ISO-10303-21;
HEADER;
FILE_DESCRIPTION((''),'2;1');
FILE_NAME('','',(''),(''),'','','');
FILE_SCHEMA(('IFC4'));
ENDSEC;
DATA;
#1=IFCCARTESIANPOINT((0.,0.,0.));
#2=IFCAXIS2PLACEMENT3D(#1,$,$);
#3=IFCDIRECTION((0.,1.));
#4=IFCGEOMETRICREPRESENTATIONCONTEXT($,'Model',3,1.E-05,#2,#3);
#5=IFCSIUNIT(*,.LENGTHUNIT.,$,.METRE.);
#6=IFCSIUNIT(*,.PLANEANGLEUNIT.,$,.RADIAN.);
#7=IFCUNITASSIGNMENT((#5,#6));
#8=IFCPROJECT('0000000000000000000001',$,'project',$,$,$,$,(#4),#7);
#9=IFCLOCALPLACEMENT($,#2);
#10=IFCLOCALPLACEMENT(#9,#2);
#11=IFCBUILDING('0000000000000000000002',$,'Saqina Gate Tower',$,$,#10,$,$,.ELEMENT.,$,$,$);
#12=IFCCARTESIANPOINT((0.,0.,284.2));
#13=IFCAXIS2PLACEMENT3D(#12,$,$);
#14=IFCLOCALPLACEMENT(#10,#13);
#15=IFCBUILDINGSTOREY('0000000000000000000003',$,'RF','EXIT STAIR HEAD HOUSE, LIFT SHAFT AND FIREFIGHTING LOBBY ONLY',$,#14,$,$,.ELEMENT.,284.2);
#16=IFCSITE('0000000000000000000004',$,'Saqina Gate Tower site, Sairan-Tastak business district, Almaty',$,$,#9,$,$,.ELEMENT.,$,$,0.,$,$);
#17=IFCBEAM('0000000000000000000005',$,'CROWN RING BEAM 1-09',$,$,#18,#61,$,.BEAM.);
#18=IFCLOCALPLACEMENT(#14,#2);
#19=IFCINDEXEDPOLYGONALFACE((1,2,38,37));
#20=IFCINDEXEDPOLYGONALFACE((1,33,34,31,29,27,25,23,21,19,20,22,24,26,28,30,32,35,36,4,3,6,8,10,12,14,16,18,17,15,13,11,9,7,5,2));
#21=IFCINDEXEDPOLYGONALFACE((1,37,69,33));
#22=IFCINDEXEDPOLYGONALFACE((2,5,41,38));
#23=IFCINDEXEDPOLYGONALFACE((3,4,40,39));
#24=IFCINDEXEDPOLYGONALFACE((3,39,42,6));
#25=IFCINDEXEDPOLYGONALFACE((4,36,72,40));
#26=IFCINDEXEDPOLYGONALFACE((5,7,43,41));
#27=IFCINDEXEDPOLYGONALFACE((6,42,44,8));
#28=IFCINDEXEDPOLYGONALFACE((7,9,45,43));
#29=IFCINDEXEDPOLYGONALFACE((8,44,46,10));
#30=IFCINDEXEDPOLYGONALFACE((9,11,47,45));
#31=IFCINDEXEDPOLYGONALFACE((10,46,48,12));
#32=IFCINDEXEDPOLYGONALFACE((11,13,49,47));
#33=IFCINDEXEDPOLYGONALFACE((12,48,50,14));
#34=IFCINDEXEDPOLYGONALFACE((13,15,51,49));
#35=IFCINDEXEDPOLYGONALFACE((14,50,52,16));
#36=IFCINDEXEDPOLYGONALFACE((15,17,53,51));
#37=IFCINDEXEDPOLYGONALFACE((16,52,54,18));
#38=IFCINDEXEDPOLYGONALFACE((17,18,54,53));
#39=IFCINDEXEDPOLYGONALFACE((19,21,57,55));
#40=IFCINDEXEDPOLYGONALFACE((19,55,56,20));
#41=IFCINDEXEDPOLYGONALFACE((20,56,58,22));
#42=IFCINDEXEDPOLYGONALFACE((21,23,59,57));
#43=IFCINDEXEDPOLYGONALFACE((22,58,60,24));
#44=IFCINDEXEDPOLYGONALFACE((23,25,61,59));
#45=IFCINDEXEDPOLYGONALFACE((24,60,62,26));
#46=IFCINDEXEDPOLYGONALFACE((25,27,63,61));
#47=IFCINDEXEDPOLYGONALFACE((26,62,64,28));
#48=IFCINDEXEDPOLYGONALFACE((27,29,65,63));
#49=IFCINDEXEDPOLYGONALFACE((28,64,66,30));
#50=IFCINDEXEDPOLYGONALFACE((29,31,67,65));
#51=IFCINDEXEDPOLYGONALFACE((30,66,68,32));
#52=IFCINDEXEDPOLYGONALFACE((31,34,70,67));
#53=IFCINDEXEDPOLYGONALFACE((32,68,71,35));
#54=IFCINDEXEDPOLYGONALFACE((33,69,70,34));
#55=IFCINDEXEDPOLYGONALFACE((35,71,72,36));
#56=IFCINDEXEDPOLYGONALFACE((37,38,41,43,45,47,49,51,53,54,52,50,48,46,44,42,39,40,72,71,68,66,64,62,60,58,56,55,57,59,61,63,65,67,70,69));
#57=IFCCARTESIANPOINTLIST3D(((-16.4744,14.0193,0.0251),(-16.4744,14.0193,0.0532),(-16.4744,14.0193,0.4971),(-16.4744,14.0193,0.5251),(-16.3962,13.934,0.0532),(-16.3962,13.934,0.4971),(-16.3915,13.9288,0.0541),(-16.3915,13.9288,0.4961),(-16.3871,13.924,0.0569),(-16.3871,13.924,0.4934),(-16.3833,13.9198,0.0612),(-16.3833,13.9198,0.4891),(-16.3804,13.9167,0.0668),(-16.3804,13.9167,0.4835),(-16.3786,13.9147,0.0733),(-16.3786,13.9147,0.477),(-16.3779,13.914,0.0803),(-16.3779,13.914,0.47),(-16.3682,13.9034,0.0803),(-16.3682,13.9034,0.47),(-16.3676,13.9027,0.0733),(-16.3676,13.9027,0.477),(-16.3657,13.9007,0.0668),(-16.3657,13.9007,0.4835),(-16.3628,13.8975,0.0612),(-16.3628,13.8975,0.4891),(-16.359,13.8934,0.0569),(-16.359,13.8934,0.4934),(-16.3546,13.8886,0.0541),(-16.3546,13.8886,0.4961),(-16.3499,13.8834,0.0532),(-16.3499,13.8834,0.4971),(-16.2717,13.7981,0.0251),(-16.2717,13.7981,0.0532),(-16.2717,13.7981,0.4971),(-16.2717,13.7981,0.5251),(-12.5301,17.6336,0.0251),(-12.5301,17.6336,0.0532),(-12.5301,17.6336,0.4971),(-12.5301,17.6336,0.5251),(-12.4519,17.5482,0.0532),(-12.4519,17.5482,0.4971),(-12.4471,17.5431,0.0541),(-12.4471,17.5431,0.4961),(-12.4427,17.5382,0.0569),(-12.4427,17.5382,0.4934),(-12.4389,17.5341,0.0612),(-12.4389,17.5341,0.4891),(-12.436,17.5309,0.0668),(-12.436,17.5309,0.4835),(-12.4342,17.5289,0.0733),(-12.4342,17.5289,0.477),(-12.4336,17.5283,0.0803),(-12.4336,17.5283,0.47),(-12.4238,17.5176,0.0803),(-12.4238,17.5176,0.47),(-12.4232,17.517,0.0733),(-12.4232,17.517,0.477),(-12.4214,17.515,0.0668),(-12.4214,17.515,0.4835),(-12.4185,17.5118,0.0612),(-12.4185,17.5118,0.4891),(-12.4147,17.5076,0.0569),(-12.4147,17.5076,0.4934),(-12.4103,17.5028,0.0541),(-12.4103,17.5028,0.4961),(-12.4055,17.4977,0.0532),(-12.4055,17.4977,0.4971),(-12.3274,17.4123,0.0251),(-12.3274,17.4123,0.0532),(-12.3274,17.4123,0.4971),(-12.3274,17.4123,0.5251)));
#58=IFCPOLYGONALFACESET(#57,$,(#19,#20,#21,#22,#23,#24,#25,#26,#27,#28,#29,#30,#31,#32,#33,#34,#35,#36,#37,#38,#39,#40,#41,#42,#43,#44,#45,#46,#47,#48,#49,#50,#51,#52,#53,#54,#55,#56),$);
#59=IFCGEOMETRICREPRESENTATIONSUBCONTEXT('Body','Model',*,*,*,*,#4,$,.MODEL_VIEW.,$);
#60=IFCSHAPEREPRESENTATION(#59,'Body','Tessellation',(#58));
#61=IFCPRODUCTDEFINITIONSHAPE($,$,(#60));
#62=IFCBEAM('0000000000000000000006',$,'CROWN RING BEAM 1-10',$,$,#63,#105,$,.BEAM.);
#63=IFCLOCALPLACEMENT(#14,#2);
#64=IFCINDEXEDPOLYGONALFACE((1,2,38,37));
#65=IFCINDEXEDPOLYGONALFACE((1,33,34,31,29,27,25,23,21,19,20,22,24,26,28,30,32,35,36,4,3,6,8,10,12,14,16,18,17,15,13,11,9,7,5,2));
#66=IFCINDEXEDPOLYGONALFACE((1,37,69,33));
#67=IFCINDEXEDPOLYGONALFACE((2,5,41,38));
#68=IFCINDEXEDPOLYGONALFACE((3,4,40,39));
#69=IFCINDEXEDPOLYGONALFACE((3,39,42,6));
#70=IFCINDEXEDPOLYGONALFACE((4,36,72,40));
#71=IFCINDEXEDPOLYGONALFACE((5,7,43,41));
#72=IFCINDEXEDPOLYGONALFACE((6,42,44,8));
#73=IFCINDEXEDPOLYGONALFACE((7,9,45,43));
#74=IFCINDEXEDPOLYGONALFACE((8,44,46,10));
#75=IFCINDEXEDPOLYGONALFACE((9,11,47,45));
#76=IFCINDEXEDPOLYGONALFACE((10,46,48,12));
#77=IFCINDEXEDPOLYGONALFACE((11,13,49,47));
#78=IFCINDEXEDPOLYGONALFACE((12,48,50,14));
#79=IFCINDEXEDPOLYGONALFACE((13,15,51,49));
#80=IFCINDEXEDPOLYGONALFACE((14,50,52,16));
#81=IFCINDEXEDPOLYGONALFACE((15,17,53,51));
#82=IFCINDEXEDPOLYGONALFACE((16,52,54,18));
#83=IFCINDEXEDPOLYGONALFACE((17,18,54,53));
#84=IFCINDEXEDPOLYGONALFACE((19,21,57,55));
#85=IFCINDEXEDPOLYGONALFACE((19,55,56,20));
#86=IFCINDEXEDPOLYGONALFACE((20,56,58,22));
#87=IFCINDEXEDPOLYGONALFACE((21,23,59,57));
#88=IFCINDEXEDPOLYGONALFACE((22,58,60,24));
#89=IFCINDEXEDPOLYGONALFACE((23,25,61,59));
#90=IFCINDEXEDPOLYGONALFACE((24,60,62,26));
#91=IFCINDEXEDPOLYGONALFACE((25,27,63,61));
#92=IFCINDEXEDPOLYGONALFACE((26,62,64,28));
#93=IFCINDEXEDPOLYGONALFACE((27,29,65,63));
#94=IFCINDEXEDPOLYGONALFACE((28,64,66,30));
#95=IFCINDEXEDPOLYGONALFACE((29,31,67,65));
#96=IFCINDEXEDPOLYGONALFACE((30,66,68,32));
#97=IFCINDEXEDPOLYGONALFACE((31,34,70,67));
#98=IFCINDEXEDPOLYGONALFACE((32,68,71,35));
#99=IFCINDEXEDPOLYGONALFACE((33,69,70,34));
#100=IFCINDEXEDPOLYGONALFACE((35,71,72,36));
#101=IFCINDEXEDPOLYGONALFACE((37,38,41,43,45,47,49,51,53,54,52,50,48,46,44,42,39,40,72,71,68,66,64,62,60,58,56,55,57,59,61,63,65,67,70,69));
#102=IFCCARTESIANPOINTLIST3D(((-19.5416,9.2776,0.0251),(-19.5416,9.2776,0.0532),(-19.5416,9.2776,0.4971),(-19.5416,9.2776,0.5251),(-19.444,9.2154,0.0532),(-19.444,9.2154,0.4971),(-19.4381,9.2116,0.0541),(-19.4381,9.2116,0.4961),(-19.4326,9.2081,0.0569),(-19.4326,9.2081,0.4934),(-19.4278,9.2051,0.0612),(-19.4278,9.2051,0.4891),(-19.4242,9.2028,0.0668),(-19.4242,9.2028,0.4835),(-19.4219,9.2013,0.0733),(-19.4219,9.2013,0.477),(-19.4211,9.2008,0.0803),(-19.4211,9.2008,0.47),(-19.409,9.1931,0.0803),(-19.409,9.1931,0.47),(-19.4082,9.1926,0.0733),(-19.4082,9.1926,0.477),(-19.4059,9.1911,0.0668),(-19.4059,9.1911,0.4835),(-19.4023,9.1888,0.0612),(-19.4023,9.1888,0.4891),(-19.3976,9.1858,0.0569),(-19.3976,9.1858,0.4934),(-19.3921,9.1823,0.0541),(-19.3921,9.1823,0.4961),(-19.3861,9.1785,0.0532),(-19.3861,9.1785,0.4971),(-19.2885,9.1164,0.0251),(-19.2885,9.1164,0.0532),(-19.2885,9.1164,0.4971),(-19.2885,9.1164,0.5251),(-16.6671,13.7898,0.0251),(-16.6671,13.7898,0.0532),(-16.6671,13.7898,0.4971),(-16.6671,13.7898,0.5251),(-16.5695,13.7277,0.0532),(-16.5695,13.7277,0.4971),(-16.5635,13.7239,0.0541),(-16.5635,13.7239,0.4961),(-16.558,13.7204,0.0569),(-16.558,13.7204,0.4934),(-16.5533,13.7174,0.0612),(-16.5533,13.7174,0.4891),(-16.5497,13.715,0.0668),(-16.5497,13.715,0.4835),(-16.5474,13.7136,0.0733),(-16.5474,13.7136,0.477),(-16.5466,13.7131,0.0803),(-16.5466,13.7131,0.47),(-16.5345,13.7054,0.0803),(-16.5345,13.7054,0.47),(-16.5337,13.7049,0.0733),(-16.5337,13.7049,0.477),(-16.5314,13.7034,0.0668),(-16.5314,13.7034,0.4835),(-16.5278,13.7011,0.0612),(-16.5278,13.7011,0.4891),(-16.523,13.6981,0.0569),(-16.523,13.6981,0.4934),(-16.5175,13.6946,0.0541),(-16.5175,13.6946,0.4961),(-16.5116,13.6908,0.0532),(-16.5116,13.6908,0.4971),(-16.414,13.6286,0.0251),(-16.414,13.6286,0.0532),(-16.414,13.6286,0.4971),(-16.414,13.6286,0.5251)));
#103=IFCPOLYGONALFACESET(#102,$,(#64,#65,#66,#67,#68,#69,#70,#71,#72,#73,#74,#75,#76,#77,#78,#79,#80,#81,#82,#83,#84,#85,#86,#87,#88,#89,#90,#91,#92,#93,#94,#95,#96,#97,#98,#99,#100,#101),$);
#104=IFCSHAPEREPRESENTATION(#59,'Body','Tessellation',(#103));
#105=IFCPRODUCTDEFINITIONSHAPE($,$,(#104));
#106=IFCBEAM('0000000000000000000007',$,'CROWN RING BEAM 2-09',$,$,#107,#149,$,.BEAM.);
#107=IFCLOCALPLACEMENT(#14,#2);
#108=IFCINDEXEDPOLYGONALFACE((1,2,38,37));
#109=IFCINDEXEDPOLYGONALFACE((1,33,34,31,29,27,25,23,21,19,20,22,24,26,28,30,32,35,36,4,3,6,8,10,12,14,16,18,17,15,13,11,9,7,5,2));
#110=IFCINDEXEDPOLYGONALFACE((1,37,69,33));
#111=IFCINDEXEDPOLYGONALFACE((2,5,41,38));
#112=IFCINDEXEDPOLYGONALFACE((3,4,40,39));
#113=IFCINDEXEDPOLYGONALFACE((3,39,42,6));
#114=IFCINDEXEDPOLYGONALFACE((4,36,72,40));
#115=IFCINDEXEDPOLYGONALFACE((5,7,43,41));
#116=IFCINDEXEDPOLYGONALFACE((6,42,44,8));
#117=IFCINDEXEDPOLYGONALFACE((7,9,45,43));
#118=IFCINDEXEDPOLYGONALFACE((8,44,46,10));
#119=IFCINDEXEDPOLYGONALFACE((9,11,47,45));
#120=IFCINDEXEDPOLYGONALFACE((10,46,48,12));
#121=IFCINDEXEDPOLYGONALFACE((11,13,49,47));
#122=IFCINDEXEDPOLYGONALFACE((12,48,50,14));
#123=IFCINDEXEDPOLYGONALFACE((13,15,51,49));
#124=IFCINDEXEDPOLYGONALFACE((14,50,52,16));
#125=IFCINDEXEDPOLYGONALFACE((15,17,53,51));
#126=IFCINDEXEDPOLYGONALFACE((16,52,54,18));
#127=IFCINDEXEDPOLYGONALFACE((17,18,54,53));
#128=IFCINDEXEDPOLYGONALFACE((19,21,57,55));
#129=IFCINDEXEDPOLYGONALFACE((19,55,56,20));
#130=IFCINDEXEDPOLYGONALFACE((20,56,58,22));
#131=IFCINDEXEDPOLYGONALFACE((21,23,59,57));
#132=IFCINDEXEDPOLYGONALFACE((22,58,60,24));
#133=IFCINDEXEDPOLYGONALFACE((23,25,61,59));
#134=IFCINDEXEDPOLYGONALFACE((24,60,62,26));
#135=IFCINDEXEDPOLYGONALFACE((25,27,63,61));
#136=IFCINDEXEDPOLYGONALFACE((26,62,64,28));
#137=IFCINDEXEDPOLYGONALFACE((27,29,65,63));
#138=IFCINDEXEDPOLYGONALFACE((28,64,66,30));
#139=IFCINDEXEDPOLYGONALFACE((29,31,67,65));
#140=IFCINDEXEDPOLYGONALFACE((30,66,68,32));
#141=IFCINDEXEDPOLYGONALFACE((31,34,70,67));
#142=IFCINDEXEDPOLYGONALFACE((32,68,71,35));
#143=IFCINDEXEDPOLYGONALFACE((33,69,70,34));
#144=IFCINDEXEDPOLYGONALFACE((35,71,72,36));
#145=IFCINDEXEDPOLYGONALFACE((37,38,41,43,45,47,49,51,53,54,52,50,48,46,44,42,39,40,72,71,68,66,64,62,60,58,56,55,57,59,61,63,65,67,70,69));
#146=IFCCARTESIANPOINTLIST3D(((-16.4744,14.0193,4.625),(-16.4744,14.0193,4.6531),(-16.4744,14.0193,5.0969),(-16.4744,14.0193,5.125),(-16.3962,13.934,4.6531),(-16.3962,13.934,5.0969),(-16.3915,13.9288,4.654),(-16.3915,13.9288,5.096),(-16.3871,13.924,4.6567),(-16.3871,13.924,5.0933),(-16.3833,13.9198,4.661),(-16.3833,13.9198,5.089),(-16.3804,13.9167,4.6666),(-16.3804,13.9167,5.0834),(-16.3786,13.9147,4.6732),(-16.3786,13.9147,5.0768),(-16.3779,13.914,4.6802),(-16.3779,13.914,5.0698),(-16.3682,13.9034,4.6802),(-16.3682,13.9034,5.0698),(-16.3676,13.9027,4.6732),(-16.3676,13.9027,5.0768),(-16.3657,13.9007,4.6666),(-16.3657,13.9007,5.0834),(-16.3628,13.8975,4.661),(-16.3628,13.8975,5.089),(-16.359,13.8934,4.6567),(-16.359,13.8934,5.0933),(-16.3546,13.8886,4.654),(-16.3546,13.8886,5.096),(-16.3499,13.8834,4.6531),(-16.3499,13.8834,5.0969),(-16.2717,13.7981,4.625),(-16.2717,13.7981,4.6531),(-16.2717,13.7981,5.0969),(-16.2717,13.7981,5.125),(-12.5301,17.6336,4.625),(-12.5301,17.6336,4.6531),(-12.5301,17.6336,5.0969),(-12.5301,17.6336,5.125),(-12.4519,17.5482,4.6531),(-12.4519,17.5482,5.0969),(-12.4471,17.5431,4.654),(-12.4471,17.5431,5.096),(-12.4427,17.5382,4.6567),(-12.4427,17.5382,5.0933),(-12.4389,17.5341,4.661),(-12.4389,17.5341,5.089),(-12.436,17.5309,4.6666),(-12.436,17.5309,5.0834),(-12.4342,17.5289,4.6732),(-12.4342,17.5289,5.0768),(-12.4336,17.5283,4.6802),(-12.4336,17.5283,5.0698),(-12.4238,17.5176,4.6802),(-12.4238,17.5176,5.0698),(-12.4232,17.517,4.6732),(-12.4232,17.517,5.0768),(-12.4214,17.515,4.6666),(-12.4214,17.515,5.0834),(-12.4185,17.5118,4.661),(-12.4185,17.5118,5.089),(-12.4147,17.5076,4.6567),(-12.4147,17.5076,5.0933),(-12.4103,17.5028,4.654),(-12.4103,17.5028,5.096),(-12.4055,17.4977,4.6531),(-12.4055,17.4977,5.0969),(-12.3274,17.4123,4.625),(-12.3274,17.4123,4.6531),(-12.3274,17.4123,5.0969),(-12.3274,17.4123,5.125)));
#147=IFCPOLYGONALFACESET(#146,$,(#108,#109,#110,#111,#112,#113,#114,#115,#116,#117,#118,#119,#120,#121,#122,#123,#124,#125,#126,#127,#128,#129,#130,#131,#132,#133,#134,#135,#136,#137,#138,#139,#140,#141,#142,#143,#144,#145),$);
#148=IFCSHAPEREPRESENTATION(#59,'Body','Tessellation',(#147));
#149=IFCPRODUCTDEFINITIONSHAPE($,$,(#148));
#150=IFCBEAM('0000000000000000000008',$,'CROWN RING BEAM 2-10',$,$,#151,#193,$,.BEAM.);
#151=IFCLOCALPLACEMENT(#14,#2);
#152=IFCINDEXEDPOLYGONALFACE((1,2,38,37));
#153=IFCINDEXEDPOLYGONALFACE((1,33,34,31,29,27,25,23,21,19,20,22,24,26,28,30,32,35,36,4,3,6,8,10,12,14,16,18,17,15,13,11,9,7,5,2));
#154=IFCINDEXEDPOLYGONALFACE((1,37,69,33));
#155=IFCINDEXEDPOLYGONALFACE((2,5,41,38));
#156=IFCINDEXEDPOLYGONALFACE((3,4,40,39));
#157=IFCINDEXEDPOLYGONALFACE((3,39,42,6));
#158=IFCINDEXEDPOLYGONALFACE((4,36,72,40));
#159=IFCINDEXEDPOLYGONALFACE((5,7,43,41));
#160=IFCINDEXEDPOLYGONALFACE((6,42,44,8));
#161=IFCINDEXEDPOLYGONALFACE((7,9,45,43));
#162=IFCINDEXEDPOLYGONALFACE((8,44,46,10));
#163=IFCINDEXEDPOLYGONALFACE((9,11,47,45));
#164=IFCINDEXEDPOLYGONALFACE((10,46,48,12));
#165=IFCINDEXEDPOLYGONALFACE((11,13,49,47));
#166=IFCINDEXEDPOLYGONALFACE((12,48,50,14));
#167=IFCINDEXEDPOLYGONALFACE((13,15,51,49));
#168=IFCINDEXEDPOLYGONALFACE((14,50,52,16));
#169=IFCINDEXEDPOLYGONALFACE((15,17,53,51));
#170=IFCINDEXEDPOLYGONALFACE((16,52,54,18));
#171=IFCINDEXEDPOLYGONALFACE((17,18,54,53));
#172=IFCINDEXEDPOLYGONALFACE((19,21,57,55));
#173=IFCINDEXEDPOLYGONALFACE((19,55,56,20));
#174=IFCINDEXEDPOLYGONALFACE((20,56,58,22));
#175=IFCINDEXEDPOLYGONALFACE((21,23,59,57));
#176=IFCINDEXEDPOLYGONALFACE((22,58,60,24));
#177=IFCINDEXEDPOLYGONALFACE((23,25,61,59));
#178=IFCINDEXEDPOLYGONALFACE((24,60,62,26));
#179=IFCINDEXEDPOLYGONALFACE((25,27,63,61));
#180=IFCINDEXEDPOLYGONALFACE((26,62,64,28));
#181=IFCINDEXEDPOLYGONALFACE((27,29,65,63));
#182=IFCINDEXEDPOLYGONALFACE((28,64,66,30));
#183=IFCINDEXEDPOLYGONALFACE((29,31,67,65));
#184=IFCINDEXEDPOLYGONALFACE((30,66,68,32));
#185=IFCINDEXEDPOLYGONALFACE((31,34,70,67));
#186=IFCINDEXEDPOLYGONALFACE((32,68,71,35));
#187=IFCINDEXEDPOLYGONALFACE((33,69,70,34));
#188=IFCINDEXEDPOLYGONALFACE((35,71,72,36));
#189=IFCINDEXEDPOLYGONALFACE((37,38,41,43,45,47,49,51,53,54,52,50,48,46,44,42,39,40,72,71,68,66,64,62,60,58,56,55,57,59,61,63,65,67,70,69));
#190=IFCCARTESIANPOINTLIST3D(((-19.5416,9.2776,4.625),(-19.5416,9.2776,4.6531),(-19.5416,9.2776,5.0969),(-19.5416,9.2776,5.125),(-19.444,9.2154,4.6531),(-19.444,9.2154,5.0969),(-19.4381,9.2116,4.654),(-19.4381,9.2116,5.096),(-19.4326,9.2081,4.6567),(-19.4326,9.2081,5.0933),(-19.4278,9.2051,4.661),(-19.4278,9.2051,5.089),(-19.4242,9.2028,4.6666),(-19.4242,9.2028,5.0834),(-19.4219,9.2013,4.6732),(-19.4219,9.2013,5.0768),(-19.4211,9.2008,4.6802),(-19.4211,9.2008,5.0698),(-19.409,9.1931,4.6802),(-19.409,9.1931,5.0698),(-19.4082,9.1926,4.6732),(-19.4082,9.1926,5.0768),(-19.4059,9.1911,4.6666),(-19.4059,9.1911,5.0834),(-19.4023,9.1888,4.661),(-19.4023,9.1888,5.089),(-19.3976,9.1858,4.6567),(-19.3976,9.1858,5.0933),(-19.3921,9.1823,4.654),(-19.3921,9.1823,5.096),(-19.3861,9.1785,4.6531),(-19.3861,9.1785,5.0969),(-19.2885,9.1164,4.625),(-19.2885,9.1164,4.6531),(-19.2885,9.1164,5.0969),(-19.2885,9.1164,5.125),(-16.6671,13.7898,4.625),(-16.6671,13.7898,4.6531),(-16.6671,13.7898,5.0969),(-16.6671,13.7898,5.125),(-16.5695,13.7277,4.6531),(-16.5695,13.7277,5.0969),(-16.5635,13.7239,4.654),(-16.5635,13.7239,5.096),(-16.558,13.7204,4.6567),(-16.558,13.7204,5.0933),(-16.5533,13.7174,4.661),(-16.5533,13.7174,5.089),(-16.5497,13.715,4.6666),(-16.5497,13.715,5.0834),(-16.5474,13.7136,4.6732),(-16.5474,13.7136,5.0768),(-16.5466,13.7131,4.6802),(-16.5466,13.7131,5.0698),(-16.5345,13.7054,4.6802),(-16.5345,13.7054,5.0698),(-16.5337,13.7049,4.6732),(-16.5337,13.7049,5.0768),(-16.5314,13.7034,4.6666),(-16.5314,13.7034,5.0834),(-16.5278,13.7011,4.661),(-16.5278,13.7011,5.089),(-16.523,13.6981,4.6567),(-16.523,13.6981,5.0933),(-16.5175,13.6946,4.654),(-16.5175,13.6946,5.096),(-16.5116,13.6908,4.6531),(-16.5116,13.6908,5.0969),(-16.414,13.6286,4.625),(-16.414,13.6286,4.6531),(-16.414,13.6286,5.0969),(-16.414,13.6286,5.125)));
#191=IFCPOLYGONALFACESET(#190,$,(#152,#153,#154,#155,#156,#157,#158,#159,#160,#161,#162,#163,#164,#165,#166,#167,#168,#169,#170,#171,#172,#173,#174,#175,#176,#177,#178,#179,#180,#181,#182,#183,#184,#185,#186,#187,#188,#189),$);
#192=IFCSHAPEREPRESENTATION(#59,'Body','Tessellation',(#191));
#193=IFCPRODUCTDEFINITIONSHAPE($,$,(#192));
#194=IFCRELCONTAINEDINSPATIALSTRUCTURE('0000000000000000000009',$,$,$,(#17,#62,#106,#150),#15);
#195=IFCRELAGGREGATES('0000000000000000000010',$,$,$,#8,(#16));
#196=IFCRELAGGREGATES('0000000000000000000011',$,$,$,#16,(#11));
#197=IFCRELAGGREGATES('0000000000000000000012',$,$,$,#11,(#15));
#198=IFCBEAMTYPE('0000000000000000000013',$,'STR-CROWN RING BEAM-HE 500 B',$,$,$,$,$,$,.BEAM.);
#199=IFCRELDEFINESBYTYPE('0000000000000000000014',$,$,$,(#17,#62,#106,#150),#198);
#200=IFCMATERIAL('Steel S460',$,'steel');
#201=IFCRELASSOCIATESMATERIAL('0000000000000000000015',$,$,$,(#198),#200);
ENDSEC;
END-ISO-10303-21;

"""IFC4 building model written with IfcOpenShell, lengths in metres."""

from ifc_helpers import new_model, si_unit, direction, frame, origin, origin_2d, place, context, subcontext, project, spatial, i_section, extrude, material, material_profile, profile_set, type_object, element, save


model = new_model("IFC4")

# Units and contexts
model_context = context("Model", 3, precision=1e-05, world=origin(), true_north=direction((0.0, 1.0)))
body_context = subcontext(model_context, "Body", "Model", "MODEL_VIEW")
ifc_project = project(units=[si_unit("LENGTHUNIT", "METRE"), si_unit("PLANEANGLEUNIT", "RADIAN")], contexts=[model_context])

# Site, building, storey
site_placement = place(None, origin())
site = spatial("IfcSite", under=ifc_project, at=site_placement, Name="Saqina Gate Tower site, Sairan-Tastak business district, Almaty", CompositionType="ELEMENT", RefElevation=0.0)
building_placement = place(site_placement, origin())
building = spatial("IfcBuilding", under=site, at=building_placement, Name="Saqina Gate Tower", CompositionType="ELEMENT")
storey_placement = place(building_placement, frame((0.0, 0.0, 284.2)))
storey = spatial("IfcBuildingStorey", under=building, at=storey_placement, Name="RF", Description="EXIT STAIR HEAD HOUSE, LIFT SHAFT AND FIREFIGHTING LOBBY ONLY", CompositionType="ELEMENT", Elevation=284.2)

# Beams
ifc_material_1 = material(Name="Steel S460", Category="steel")
ifc_material_profile_1 = material_profile(ifc_material_1, i_section(OverallWidth=0.3, OverallDepth=0.5, WebThickness=0.0144, FlangeThickness=0.0281, FilletRadius=0.0271, at=origin_2d()), Name="HE 500 B")
ifc_profile_set_1 = profile_set([ifc_material_profile_1], Name="Steel S460")
beam_type = type_object("IfcBeamType", Name="STR-CROWN RING BEAM-HE 500 B", PredefinedType="BEAM", material=ifc_profile_set_1)
beam_1_placement = place(storey_placement, frame((-12.4287, 17.5229, 0.2751), z_axis=(-0.737283, -0.675584, 0.0), x_axis=(0.675584, -0.737283, 0.0)))
element("IfcBeam", 1, at=beam_1_placement, inside=storey, type_object=beam_type, Name="CROWN RING BEAM 1-09", PredefinedType="BEAM", context=body_context, shape_type="SweptSolid", body=[
    extrude(i_section(OverallWidth=0.3, OverallDepth=0.5, WebThickness=0.0144, FlangeThickness=0.0281, FilletRadius=0.0271, at=origin_2d()), origin(), (0.0, 0.0, 1.0), 5.3499),
])
beam_2_placement = place(storey_placement, frame((-16.5405, 13.7092, 0.2751), z_axis=(-0.537289, -0.843398, 0.0), x_axis=(0.843398, -0.537289, 0.0)))
element("IfcBeam", 2, at=beam_2_placement, inside=storey, type_object=beam_type, Name="CROWN RING BEAM 1-10", PredefinedType="BEAM", context=body_context, shape_type="SweptSolid", body=[
    extrude(i_section(OverallWidth=0.3, OverallDepth=0.5, WebThickness=0.0144, FlangeThickness=0.0281, FilletRadius=0.0271, at=origin_2d()), origin(), (0.0, 0.0, 1.0), 5.3501),
])
beam_3_placement = place(storey_placement, frame((-12.4287, 17.5229, 4.875), z_axis=(-0.737283, -0.675584, 0.0), x_axis=(0.675584, -0.737283, 0.0)))
element("IfcBeam", 3, at=beam_3_placement, inside=storey, type_object=beam_type, Name="CROWN RING BEAM 2-09", PredefinedType="BEAM", context=body_context, shape_type="SweptSolid", body=[
    extrude(i_section(OverallWidth=0.3, OverallDepth=0.5, WebThickness=0.0144, FlangeThickness=0.0281, FilletRadius=0.0271, at=origin_2d()), origin(), (0.0, 0.0, 1.0), 5.3499),
])
beam_4_placement = place(storey_placement, frame((-16.5405, 13.7092, 4.875), z_axis=(-0.537289, -0.843398, 0.0), x_axis=(0.843398, -0.537289, 0.0)))
element("IfcBeam", 4, at=beam_4_placement, inside=storey, type_object=beam_type, Name="CROWN RING BEAM 2-10", PredefinedType="BEAM", context=body_context, shape_type="SweptSolid", body=[
    extrude(i_section(OverallWidth=0.3, OverallDepth=0.5, WebThickness=0.0144, FlangeThickness=0.0281, FilletRadius=0.0271, at=origin_2d()), origin(), (0.0, 0.0, 1.0), 5.3501),
])

save(model, "model.ifc")
